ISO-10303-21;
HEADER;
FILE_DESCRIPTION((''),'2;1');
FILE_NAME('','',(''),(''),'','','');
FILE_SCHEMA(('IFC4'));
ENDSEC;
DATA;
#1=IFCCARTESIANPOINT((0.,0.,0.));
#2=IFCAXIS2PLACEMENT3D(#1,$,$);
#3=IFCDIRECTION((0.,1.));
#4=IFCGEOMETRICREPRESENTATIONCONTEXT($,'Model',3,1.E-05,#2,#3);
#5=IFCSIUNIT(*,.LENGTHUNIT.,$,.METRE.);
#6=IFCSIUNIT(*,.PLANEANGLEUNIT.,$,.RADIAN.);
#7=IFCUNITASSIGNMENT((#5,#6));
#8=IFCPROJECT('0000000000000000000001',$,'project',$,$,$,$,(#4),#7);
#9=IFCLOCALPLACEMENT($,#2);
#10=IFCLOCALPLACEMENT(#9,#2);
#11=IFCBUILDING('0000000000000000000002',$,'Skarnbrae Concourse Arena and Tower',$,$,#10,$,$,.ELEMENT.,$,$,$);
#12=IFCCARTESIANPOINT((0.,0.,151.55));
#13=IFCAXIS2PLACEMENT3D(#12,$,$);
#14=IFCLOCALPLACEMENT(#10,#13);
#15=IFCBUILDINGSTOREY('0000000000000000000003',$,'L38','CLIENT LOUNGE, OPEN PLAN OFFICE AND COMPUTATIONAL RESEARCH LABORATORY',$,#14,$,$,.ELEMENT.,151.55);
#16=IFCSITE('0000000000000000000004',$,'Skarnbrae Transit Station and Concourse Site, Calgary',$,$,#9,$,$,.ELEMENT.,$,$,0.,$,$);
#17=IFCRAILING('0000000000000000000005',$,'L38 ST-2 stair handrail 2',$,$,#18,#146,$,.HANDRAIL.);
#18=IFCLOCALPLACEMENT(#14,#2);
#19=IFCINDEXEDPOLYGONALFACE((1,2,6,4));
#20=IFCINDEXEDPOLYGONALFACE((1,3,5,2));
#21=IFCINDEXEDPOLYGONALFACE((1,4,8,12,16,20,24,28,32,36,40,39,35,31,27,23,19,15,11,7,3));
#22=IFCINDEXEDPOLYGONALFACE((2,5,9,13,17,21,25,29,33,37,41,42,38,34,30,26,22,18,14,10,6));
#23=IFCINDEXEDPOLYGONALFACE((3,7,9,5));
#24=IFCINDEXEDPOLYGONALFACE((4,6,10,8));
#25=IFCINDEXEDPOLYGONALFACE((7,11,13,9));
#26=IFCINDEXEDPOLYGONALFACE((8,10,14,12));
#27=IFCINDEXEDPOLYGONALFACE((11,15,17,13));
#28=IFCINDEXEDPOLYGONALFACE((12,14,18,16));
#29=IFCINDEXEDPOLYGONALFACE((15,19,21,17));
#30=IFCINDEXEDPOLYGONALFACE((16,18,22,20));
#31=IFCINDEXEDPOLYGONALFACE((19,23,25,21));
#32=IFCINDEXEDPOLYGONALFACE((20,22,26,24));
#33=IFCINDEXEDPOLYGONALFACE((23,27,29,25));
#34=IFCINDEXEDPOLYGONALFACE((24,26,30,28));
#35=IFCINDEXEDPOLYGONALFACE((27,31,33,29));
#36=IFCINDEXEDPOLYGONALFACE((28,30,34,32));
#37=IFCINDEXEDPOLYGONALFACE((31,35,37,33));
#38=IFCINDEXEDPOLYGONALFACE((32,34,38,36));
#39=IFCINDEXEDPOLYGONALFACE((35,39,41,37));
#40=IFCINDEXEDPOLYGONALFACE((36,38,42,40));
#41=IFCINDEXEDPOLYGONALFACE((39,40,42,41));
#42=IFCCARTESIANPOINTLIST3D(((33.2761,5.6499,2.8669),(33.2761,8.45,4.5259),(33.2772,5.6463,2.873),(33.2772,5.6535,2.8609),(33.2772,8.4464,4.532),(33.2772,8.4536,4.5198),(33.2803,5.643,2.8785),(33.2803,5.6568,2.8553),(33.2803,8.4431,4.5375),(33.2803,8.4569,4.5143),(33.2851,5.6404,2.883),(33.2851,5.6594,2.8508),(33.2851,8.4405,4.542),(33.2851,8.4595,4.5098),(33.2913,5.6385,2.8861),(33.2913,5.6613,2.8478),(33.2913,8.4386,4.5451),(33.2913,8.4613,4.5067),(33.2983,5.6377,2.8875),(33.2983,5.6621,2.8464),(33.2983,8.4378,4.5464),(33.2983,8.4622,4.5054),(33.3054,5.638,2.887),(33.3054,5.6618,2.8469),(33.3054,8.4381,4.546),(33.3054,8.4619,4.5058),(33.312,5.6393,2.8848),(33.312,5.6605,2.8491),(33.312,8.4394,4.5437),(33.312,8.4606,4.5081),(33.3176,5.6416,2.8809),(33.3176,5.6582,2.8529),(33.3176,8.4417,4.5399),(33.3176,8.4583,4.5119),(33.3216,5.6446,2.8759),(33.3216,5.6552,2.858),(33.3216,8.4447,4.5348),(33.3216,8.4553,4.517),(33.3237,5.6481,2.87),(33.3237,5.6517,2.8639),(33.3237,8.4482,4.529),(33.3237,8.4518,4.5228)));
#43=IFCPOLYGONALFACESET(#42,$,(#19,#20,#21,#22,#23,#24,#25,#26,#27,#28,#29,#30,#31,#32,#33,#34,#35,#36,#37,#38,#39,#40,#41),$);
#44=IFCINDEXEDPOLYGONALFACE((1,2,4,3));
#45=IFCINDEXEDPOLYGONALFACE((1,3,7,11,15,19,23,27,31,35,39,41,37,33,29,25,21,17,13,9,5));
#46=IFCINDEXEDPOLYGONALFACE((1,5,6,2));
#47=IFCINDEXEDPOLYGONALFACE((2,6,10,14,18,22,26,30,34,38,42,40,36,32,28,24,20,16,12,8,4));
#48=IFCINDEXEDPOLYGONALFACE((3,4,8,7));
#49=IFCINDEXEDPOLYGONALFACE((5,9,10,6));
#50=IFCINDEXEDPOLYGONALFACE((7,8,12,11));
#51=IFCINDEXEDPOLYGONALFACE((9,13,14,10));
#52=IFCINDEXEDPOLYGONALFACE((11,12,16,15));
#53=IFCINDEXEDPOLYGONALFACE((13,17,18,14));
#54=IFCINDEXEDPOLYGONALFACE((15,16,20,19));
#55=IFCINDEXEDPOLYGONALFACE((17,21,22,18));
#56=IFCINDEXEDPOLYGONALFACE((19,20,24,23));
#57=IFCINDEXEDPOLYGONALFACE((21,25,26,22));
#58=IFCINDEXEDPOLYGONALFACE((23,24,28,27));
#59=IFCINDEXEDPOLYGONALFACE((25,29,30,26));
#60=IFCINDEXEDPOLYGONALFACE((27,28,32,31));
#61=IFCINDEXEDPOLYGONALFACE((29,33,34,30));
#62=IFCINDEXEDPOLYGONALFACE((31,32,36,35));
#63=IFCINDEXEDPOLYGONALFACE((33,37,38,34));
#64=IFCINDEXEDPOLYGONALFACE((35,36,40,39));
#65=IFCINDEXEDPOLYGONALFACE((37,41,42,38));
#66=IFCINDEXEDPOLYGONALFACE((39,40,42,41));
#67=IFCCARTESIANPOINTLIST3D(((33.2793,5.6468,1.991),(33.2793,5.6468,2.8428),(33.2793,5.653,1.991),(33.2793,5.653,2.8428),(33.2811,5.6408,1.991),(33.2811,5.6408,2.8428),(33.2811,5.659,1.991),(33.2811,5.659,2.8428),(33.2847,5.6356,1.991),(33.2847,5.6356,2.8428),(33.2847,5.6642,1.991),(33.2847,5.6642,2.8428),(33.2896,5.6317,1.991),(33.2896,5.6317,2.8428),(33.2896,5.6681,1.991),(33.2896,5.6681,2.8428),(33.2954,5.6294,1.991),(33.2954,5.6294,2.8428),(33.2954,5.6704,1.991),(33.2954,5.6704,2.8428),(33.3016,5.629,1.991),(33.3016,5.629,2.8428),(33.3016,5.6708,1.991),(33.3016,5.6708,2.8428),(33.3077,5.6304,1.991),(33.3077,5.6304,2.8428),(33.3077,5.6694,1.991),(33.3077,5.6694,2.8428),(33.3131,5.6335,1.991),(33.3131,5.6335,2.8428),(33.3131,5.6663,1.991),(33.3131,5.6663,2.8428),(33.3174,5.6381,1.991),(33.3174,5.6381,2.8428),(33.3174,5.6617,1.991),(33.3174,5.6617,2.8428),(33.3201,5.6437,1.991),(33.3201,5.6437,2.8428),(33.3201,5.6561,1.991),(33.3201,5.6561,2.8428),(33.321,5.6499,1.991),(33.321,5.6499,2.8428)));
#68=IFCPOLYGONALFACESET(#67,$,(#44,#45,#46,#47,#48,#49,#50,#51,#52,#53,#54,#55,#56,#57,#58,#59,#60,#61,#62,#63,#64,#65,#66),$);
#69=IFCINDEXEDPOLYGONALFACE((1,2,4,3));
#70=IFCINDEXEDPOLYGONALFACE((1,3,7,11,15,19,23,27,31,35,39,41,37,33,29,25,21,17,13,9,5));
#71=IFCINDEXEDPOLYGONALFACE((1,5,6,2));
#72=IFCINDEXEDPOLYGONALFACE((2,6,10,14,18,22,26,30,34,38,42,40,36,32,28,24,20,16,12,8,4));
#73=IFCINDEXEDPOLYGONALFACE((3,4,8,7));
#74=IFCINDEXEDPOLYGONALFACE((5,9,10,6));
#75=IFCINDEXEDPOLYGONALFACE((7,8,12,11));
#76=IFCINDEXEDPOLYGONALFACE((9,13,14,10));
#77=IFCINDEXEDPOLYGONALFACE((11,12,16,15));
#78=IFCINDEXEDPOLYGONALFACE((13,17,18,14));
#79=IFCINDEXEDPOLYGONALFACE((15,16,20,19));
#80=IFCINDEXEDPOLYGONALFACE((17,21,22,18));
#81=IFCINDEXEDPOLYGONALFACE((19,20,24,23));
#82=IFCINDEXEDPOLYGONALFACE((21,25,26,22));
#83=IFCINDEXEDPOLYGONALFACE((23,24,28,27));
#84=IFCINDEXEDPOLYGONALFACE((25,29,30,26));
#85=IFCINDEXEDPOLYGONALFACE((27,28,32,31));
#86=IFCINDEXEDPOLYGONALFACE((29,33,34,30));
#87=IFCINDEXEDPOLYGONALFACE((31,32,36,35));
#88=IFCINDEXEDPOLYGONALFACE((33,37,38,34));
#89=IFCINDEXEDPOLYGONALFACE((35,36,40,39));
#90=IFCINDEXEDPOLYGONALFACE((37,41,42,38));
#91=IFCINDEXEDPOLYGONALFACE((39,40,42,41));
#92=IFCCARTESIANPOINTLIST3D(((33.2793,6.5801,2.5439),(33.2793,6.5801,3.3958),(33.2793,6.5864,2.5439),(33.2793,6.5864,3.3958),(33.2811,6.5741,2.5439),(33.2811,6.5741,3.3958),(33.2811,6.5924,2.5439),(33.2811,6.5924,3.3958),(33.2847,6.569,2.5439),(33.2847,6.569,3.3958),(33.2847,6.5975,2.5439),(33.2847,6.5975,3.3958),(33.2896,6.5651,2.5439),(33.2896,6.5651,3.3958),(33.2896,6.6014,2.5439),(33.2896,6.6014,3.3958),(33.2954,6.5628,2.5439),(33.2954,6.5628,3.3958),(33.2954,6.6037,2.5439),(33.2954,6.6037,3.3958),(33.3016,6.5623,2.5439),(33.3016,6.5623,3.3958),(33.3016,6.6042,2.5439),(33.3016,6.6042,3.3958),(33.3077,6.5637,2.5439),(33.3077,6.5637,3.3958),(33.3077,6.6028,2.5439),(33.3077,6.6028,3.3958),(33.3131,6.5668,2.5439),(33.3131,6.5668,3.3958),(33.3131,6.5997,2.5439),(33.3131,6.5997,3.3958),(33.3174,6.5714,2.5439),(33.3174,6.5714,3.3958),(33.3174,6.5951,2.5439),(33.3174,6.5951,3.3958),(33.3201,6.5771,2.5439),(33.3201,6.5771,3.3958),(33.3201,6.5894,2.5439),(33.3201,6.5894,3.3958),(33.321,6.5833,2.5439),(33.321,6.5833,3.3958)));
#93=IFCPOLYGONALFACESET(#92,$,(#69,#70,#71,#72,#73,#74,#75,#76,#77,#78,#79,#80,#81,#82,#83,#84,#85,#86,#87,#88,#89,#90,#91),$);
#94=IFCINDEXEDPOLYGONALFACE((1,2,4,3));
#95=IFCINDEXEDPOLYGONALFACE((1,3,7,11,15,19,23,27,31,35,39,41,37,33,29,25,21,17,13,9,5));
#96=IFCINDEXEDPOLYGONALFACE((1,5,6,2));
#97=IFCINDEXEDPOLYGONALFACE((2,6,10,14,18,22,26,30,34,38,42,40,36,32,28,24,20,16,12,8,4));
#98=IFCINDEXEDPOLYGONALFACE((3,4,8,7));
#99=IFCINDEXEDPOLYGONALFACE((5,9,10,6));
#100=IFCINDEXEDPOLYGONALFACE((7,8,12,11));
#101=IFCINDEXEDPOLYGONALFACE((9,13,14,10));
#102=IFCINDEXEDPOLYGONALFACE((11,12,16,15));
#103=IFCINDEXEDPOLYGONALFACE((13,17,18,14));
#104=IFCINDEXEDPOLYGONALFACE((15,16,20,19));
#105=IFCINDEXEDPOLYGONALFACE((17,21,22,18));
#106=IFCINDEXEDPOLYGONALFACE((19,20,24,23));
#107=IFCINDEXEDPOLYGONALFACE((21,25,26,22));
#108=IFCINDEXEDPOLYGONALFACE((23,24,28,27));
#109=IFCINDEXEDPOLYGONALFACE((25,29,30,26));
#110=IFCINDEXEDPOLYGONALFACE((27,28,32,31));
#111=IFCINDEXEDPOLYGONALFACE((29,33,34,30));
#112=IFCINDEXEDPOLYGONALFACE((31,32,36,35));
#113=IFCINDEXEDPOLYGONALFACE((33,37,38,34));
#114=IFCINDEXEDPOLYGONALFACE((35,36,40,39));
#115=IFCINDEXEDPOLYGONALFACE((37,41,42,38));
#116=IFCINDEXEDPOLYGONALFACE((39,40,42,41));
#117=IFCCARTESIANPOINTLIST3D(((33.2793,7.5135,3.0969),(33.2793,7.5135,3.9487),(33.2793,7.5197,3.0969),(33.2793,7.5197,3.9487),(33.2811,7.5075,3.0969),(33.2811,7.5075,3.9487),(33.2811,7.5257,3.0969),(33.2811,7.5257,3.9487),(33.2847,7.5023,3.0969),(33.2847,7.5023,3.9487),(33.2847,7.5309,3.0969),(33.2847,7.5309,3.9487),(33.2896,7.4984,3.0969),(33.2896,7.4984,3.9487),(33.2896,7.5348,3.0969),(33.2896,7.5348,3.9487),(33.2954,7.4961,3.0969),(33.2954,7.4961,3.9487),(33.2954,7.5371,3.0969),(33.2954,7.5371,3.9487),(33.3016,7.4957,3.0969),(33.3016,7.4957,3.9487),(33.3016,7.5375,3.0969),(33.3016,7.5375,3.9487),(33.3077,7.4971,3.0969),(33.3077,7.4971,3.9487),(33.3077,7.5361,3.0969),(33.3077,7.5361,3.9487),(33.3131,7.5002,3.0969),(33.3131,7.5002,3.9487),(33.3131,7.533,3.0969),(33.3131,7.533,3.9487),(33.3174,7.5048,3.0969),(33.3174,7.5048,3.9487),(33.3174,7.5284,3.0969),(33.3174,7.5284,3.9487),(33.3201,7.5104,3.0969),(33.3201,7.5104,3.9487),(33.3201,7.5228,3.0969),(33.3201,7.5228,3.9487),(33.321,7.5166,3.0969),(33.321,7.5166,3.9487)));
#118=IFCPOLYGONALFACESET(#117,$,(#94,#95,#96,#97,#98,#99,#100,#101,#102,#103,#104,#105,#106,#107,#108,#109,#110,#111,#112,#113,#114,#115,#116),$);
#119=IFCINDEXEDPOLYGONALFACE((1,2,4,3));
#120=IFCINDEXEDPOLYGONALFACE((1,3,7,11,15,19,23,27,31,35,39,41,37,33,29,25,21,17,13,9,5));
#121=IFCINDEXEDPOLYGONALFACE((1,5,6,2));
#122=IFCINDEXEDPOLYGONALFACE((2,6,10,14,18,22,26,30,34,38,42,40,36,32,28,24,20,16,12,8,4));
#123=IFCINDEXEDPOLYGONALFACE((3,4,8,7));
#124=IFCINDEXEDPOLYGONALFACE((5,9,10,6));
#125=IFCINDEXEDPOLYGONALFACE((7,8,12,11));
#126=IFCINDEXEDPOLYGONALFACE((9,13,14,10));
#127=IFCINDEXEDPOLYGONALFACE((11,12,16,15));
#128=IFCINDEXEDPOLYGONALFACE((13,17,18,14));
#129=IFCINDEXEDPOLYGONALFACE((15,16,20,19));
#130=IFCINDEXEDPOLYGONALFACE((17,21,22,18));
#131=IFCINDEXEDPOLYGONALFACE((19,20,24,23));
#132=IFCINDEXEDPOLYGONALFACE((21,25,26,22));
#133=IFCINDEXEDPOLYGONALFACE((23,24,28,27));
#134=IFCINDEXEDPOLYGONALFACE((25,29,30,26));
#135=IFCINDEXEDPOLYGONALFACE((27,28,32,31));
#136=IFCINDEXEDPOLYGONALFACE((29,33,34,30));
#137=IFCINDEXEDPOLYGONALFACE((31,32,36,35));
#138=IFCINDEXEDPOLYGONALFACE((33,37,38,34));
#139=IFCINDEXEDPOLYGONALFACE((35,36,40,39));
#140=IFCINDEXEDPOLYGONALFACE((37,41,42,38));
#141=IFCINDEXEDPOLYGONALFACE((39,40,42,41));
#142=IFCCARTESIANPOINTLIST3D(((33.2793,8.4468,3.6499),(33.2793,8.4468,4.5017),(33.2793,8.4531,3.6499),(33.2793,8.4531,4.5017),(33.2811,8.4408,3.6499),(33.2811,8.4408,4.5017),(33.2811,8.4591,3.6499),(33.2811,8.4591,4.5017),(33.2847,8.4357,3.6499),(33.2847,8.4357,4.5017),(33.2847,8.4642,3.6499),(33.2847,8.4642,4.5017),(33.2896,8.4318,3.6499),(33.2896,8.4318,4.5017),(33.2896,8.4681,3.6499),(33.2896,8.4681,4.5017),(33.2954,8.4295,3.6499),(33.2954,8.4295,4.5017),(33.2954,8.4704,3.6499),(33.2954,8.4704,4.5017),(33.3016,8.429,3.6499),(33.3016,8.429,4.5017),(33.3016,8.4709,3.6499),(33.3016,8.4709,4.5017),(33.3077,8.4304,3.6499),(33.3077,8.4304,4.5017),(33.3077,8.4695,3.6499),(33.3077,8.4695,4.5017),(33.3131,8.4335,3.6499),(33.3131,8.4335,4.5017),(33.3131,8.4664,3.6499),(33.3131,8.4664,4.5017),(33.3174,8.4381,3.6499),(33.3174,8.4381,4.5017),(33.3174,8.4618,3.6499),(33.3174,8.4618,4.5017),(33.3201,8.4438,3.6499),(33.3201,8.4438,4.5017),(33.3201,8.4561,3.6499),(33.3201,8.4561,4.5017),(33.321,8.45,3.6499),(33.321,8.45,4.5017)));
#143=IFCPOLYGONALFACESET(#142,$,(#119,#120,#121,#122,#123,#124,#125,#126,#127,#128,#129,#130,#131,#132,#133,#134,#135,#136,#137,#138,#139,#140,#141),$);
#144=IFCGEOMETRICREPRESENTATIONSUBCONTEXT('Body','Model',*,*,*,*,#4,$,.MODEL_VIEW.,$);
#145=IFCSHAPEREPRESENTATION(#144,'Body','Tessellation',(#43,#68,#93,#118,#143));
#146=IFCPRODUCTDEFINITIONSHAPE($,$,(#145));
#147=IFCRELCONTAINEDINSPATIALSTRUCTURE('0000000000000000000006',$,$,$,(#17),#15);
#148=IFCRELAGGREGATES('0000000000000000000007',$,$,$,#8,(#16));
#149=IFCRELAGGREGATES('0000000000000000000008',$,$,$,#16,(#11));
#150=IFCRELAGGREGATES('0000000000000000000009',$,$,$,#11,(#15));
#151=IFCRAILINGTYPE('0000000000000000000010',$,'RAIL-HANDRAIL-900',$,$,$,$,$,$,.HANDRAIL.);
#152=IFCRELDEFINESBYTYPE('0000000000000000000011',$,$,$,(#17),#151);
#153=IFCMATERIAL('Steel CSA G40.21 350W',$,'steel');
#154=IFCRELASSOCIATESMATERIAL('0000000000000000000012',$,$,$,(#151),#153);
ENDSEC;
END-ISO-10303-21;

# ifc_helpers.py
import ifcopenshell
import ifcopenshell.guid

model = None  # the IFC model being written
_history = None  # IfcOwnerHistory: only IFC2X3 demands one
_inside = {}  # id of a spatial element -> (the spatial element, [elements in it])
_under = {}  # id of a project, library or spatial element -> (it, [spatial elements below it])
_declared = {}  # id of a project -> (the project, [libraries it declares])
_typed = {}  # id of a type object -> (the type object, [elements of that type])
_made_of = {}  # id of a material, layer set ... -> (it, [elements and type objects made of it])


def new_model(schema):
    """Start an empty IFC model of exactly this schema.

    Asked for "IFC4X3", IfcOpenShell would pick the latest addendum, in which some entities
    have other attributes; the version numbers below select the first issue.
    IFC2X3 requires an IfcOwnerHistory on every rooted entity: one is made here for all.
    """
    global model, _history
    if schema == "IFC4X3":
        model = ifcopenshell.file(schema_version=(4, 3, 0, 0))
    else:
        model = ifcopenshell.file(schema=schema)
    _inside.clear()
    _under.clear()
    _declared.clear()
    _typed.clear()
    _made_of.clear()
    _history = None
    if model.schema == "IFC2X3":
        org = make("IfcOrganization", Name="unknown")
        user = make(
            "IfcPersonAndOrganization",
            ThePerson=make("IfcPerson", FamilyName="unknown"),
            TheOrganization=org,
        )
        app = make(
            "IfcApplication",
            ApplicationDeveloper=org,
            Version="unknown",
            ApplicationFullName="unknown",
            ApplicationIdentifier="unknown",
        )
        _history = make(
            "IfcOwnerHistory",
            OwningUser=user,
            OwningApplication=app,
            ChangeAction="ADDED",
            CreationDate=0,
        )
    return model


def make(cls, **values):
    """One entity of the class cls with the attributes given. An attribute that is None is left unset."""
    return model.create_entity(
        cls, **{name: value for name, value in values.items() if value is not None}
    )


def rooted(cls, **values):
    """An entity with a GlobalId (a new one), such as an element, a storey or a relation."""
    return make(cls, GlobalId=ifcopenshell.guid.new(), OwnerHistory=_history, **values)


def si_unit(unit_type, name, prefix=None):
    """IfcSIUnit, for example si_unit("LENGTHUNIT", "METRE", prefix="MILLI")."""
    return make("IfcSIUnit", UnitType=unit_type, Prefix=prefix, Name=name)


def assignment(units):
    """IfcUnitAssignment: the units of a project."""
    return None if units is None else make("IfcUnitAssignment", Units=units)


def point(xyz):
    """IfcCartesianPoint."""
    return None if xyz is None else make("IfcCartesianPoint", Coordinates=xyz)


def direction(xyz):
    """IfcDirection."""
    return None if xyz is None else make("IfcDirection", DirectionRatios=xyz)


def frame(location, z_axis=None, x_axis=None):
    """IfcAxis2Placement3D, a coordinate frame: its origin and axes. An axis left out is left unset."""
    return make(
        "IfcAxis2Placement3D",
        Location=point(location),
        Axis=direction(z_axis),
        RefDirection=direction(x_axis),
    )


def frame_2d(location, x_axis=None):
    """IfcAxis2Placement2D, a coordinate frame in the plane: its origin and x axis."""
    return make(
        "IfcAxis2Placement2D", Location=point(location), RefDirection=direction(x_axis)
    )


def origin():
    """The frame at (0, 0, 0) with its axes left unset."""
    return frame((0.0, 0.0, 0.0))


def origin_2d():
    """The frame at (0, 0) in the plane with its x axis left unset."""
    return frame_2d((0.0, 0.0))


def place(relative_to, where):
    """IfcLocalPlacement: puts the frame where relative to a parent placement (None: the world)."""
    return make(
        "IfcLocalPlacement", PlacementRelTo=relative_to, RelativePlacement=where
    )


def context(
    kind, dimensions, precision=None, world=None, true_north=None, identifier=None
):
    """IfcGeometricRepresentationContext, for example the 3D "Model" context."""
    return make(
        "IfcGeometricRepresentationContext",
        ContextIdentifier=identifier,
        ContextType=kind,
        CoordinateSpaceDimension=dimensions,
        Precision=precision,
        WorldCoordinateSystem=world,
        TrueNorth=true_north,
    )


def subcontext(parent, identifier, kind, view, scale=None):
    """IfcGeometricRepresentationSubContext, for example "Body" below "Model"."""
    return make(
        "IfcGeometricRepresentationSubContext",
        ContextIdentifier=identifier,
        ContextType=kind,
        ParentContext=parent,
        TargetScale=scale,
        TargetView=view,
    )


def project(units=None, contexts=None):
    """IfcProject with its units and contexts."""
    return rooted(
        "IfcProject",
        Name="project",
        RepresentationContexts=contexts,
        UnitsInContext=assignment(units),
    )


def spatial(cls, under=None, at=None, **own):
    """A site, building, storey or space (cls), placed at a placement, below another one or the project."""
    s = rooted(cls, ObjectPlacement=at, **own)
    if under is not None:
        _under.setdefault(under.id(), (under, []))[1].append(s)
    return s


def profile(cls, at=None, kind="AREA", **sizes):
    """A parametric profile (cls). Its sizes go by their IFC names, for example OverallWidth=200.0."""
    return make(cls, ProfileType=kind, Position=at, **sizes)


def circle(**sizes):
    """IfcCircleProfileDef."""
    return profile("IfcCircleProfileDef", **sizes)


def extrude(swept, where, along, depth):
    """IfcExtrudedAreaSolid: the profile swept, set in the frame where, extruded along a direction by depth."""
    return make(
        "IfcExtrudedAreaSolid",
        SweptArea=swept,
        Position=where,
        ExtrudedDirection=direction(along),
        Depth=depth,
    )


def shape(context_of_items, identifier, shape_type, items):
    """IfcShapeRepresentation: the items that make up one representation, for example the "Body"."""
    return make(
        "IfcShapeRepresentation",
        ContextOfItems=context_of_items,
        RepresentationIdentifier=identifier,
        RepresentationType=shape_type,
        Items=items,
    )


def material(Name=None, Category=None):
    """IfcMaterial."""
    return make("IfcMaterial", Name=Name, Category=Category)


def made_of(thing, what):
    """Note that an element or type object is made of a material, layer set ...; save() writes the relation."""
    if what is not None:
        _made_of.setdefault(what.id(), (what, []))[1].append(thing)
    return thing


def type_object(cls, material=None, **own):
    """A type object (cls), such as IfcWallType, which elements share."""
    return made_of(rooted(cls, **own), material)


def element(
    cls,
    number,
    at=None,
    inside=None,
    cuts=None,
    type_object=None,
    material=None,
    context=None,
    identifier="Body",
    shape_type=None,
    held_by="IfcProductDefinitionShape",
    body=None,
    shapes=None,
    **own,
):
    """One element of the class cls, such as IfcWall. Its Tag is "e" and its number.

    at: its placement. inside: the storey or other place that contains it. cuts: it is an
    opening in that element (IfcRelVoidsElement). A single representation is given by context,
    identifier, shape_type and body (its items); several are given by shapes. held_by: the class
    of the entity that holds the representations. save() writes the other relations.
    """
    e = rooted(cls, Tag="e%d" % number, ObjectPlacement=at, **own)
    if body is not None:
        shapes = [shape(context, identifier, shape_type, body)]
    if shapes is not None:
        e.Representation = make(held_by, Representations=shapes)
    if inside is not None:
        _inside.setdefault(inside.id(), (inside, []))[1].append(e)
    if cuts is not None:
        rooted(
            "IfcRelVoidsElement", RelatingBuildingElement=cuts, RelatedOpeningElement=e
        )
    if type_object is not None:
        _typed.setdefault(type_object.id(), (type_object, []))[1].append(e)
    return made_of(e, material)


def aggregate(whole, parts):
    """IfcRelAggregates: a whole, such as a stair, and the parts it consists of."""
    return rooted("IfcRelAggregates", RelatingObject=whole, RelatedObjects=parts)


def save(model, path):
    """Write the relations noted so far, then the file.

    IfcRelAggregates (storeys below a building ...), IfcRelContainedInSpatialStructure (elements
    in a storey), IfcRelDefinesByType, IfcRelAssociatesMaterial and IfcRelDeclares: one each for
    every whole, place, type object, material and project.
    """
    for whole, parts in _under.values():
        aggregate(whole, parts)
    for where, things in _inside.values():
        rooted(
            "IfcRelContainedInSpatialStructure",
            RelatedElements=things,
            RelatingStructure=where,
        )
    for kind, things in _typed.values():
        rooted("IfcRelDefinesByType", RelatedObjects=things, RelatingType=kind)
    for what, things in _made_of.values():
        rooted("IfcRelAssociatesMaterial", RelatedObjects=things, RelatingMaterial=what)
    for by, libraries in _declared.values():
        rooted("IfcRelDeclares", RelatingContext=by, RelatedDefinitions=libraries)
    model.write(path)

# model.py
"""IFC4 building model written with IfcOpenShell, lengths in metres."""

from ifc_helpers import new_model, si_unit, direction, frame, origin, origin_2d, place, context, subcontext, project, spatial, circle, extrude, material, type_object, element, save


model = new_model("IFC4")

# Units and contexts
model_context = context("Model", 3, precision=1e-05, world=origin(), true_north=direction((0.0, 1.0)))
body_context = subcontext(model_context, "Body", "Model", "MODEL_VIEW")
ifc_project = project(units=[si_unit("LENGTHUNIT", "METRE"), si_unit("PLANEANGLEUNIT", "RADIAN")], contexts=[model_context])

# Site, building, storey
site_placement = place(None, origin())
site = spatial("IfcSite", under=ifc_project, at=site_placement, Name="Skarnbrae Transit Station and Concourse Site, Calgary", CompositionType="ELEMENT", RefElevation=0.0)
building_placement = place(site_placement, origin())
building = spatial("IfcBuilding", under=site, at=building_placement, Name="Skarnbrae Concourse Arena and Tower", CompositionType="ELEMENT")
storey_placement = place(building_placement, frame((0.0, 0.0, 151.55)))
storey = spatial("IfcBuildingStorey", under=building, at=storey_placement, Name="L38", Description="CLIENT LOUNGE, OPEN PLAN OFFICE AND COMPUTATIONAL RESEARCH LABORATORY", CompositionType="ELEMENT", Elevation=151.55)

# Shared definitions
ifc_material_1 = material(Name="Steel CSA G40.21 350W", Category="steel")

# Railing
railing_type_1 = type_object("IfcRailingType", Name="RAIL-HANDRAIL-900", PredefinedType="HANDRAIL", material=ifc_material_1)
railing_1_placement = place(storey_placement, frame((33.3, 5.6499, 1.991)))
element("IfcRailing", 1, at=railing_1_placement, inside=storey, type_object=railing_type_1, Name="L38 ST-2 stair handrail 2", PredefinedType="HANDRAIL", context=body_context, shape_type="SweptSolid", body=[
    extrude(circle(Radius=0.0239, at=origin_2d()), frame((0.0, 0.0, 0.876), z_axis=(0.0, 0.860339, 0.509722), x_axis=(-1.0, 0.0, 0.0)), (0.0, 0.0, 1.0), 3.2546),
    extrude(circle(Radius=0.021, at=origin_2d()), origin(), (0.0, 0.0, 1.0), 0.8518),
    extrude(circle(Radius=0.021, at=origin_2d()), frame((0.0, 0.9333, 0.553)), (0.0, 0.0, 1.0), 0.8518),
    extrude(circle(Radius=0.021, at=origin_2d()), frame((0.0, 1.8667, 1.106)), (0.0, 0.0, 1.0), 0.8518),
    extrude(circle(Radius=0.021, at=origin_2d()), frame((0.0, 2.8, 1.6589)), (0.0, 0.0, 1.0), 0.8518),
])

save(model, "model.ifc")
